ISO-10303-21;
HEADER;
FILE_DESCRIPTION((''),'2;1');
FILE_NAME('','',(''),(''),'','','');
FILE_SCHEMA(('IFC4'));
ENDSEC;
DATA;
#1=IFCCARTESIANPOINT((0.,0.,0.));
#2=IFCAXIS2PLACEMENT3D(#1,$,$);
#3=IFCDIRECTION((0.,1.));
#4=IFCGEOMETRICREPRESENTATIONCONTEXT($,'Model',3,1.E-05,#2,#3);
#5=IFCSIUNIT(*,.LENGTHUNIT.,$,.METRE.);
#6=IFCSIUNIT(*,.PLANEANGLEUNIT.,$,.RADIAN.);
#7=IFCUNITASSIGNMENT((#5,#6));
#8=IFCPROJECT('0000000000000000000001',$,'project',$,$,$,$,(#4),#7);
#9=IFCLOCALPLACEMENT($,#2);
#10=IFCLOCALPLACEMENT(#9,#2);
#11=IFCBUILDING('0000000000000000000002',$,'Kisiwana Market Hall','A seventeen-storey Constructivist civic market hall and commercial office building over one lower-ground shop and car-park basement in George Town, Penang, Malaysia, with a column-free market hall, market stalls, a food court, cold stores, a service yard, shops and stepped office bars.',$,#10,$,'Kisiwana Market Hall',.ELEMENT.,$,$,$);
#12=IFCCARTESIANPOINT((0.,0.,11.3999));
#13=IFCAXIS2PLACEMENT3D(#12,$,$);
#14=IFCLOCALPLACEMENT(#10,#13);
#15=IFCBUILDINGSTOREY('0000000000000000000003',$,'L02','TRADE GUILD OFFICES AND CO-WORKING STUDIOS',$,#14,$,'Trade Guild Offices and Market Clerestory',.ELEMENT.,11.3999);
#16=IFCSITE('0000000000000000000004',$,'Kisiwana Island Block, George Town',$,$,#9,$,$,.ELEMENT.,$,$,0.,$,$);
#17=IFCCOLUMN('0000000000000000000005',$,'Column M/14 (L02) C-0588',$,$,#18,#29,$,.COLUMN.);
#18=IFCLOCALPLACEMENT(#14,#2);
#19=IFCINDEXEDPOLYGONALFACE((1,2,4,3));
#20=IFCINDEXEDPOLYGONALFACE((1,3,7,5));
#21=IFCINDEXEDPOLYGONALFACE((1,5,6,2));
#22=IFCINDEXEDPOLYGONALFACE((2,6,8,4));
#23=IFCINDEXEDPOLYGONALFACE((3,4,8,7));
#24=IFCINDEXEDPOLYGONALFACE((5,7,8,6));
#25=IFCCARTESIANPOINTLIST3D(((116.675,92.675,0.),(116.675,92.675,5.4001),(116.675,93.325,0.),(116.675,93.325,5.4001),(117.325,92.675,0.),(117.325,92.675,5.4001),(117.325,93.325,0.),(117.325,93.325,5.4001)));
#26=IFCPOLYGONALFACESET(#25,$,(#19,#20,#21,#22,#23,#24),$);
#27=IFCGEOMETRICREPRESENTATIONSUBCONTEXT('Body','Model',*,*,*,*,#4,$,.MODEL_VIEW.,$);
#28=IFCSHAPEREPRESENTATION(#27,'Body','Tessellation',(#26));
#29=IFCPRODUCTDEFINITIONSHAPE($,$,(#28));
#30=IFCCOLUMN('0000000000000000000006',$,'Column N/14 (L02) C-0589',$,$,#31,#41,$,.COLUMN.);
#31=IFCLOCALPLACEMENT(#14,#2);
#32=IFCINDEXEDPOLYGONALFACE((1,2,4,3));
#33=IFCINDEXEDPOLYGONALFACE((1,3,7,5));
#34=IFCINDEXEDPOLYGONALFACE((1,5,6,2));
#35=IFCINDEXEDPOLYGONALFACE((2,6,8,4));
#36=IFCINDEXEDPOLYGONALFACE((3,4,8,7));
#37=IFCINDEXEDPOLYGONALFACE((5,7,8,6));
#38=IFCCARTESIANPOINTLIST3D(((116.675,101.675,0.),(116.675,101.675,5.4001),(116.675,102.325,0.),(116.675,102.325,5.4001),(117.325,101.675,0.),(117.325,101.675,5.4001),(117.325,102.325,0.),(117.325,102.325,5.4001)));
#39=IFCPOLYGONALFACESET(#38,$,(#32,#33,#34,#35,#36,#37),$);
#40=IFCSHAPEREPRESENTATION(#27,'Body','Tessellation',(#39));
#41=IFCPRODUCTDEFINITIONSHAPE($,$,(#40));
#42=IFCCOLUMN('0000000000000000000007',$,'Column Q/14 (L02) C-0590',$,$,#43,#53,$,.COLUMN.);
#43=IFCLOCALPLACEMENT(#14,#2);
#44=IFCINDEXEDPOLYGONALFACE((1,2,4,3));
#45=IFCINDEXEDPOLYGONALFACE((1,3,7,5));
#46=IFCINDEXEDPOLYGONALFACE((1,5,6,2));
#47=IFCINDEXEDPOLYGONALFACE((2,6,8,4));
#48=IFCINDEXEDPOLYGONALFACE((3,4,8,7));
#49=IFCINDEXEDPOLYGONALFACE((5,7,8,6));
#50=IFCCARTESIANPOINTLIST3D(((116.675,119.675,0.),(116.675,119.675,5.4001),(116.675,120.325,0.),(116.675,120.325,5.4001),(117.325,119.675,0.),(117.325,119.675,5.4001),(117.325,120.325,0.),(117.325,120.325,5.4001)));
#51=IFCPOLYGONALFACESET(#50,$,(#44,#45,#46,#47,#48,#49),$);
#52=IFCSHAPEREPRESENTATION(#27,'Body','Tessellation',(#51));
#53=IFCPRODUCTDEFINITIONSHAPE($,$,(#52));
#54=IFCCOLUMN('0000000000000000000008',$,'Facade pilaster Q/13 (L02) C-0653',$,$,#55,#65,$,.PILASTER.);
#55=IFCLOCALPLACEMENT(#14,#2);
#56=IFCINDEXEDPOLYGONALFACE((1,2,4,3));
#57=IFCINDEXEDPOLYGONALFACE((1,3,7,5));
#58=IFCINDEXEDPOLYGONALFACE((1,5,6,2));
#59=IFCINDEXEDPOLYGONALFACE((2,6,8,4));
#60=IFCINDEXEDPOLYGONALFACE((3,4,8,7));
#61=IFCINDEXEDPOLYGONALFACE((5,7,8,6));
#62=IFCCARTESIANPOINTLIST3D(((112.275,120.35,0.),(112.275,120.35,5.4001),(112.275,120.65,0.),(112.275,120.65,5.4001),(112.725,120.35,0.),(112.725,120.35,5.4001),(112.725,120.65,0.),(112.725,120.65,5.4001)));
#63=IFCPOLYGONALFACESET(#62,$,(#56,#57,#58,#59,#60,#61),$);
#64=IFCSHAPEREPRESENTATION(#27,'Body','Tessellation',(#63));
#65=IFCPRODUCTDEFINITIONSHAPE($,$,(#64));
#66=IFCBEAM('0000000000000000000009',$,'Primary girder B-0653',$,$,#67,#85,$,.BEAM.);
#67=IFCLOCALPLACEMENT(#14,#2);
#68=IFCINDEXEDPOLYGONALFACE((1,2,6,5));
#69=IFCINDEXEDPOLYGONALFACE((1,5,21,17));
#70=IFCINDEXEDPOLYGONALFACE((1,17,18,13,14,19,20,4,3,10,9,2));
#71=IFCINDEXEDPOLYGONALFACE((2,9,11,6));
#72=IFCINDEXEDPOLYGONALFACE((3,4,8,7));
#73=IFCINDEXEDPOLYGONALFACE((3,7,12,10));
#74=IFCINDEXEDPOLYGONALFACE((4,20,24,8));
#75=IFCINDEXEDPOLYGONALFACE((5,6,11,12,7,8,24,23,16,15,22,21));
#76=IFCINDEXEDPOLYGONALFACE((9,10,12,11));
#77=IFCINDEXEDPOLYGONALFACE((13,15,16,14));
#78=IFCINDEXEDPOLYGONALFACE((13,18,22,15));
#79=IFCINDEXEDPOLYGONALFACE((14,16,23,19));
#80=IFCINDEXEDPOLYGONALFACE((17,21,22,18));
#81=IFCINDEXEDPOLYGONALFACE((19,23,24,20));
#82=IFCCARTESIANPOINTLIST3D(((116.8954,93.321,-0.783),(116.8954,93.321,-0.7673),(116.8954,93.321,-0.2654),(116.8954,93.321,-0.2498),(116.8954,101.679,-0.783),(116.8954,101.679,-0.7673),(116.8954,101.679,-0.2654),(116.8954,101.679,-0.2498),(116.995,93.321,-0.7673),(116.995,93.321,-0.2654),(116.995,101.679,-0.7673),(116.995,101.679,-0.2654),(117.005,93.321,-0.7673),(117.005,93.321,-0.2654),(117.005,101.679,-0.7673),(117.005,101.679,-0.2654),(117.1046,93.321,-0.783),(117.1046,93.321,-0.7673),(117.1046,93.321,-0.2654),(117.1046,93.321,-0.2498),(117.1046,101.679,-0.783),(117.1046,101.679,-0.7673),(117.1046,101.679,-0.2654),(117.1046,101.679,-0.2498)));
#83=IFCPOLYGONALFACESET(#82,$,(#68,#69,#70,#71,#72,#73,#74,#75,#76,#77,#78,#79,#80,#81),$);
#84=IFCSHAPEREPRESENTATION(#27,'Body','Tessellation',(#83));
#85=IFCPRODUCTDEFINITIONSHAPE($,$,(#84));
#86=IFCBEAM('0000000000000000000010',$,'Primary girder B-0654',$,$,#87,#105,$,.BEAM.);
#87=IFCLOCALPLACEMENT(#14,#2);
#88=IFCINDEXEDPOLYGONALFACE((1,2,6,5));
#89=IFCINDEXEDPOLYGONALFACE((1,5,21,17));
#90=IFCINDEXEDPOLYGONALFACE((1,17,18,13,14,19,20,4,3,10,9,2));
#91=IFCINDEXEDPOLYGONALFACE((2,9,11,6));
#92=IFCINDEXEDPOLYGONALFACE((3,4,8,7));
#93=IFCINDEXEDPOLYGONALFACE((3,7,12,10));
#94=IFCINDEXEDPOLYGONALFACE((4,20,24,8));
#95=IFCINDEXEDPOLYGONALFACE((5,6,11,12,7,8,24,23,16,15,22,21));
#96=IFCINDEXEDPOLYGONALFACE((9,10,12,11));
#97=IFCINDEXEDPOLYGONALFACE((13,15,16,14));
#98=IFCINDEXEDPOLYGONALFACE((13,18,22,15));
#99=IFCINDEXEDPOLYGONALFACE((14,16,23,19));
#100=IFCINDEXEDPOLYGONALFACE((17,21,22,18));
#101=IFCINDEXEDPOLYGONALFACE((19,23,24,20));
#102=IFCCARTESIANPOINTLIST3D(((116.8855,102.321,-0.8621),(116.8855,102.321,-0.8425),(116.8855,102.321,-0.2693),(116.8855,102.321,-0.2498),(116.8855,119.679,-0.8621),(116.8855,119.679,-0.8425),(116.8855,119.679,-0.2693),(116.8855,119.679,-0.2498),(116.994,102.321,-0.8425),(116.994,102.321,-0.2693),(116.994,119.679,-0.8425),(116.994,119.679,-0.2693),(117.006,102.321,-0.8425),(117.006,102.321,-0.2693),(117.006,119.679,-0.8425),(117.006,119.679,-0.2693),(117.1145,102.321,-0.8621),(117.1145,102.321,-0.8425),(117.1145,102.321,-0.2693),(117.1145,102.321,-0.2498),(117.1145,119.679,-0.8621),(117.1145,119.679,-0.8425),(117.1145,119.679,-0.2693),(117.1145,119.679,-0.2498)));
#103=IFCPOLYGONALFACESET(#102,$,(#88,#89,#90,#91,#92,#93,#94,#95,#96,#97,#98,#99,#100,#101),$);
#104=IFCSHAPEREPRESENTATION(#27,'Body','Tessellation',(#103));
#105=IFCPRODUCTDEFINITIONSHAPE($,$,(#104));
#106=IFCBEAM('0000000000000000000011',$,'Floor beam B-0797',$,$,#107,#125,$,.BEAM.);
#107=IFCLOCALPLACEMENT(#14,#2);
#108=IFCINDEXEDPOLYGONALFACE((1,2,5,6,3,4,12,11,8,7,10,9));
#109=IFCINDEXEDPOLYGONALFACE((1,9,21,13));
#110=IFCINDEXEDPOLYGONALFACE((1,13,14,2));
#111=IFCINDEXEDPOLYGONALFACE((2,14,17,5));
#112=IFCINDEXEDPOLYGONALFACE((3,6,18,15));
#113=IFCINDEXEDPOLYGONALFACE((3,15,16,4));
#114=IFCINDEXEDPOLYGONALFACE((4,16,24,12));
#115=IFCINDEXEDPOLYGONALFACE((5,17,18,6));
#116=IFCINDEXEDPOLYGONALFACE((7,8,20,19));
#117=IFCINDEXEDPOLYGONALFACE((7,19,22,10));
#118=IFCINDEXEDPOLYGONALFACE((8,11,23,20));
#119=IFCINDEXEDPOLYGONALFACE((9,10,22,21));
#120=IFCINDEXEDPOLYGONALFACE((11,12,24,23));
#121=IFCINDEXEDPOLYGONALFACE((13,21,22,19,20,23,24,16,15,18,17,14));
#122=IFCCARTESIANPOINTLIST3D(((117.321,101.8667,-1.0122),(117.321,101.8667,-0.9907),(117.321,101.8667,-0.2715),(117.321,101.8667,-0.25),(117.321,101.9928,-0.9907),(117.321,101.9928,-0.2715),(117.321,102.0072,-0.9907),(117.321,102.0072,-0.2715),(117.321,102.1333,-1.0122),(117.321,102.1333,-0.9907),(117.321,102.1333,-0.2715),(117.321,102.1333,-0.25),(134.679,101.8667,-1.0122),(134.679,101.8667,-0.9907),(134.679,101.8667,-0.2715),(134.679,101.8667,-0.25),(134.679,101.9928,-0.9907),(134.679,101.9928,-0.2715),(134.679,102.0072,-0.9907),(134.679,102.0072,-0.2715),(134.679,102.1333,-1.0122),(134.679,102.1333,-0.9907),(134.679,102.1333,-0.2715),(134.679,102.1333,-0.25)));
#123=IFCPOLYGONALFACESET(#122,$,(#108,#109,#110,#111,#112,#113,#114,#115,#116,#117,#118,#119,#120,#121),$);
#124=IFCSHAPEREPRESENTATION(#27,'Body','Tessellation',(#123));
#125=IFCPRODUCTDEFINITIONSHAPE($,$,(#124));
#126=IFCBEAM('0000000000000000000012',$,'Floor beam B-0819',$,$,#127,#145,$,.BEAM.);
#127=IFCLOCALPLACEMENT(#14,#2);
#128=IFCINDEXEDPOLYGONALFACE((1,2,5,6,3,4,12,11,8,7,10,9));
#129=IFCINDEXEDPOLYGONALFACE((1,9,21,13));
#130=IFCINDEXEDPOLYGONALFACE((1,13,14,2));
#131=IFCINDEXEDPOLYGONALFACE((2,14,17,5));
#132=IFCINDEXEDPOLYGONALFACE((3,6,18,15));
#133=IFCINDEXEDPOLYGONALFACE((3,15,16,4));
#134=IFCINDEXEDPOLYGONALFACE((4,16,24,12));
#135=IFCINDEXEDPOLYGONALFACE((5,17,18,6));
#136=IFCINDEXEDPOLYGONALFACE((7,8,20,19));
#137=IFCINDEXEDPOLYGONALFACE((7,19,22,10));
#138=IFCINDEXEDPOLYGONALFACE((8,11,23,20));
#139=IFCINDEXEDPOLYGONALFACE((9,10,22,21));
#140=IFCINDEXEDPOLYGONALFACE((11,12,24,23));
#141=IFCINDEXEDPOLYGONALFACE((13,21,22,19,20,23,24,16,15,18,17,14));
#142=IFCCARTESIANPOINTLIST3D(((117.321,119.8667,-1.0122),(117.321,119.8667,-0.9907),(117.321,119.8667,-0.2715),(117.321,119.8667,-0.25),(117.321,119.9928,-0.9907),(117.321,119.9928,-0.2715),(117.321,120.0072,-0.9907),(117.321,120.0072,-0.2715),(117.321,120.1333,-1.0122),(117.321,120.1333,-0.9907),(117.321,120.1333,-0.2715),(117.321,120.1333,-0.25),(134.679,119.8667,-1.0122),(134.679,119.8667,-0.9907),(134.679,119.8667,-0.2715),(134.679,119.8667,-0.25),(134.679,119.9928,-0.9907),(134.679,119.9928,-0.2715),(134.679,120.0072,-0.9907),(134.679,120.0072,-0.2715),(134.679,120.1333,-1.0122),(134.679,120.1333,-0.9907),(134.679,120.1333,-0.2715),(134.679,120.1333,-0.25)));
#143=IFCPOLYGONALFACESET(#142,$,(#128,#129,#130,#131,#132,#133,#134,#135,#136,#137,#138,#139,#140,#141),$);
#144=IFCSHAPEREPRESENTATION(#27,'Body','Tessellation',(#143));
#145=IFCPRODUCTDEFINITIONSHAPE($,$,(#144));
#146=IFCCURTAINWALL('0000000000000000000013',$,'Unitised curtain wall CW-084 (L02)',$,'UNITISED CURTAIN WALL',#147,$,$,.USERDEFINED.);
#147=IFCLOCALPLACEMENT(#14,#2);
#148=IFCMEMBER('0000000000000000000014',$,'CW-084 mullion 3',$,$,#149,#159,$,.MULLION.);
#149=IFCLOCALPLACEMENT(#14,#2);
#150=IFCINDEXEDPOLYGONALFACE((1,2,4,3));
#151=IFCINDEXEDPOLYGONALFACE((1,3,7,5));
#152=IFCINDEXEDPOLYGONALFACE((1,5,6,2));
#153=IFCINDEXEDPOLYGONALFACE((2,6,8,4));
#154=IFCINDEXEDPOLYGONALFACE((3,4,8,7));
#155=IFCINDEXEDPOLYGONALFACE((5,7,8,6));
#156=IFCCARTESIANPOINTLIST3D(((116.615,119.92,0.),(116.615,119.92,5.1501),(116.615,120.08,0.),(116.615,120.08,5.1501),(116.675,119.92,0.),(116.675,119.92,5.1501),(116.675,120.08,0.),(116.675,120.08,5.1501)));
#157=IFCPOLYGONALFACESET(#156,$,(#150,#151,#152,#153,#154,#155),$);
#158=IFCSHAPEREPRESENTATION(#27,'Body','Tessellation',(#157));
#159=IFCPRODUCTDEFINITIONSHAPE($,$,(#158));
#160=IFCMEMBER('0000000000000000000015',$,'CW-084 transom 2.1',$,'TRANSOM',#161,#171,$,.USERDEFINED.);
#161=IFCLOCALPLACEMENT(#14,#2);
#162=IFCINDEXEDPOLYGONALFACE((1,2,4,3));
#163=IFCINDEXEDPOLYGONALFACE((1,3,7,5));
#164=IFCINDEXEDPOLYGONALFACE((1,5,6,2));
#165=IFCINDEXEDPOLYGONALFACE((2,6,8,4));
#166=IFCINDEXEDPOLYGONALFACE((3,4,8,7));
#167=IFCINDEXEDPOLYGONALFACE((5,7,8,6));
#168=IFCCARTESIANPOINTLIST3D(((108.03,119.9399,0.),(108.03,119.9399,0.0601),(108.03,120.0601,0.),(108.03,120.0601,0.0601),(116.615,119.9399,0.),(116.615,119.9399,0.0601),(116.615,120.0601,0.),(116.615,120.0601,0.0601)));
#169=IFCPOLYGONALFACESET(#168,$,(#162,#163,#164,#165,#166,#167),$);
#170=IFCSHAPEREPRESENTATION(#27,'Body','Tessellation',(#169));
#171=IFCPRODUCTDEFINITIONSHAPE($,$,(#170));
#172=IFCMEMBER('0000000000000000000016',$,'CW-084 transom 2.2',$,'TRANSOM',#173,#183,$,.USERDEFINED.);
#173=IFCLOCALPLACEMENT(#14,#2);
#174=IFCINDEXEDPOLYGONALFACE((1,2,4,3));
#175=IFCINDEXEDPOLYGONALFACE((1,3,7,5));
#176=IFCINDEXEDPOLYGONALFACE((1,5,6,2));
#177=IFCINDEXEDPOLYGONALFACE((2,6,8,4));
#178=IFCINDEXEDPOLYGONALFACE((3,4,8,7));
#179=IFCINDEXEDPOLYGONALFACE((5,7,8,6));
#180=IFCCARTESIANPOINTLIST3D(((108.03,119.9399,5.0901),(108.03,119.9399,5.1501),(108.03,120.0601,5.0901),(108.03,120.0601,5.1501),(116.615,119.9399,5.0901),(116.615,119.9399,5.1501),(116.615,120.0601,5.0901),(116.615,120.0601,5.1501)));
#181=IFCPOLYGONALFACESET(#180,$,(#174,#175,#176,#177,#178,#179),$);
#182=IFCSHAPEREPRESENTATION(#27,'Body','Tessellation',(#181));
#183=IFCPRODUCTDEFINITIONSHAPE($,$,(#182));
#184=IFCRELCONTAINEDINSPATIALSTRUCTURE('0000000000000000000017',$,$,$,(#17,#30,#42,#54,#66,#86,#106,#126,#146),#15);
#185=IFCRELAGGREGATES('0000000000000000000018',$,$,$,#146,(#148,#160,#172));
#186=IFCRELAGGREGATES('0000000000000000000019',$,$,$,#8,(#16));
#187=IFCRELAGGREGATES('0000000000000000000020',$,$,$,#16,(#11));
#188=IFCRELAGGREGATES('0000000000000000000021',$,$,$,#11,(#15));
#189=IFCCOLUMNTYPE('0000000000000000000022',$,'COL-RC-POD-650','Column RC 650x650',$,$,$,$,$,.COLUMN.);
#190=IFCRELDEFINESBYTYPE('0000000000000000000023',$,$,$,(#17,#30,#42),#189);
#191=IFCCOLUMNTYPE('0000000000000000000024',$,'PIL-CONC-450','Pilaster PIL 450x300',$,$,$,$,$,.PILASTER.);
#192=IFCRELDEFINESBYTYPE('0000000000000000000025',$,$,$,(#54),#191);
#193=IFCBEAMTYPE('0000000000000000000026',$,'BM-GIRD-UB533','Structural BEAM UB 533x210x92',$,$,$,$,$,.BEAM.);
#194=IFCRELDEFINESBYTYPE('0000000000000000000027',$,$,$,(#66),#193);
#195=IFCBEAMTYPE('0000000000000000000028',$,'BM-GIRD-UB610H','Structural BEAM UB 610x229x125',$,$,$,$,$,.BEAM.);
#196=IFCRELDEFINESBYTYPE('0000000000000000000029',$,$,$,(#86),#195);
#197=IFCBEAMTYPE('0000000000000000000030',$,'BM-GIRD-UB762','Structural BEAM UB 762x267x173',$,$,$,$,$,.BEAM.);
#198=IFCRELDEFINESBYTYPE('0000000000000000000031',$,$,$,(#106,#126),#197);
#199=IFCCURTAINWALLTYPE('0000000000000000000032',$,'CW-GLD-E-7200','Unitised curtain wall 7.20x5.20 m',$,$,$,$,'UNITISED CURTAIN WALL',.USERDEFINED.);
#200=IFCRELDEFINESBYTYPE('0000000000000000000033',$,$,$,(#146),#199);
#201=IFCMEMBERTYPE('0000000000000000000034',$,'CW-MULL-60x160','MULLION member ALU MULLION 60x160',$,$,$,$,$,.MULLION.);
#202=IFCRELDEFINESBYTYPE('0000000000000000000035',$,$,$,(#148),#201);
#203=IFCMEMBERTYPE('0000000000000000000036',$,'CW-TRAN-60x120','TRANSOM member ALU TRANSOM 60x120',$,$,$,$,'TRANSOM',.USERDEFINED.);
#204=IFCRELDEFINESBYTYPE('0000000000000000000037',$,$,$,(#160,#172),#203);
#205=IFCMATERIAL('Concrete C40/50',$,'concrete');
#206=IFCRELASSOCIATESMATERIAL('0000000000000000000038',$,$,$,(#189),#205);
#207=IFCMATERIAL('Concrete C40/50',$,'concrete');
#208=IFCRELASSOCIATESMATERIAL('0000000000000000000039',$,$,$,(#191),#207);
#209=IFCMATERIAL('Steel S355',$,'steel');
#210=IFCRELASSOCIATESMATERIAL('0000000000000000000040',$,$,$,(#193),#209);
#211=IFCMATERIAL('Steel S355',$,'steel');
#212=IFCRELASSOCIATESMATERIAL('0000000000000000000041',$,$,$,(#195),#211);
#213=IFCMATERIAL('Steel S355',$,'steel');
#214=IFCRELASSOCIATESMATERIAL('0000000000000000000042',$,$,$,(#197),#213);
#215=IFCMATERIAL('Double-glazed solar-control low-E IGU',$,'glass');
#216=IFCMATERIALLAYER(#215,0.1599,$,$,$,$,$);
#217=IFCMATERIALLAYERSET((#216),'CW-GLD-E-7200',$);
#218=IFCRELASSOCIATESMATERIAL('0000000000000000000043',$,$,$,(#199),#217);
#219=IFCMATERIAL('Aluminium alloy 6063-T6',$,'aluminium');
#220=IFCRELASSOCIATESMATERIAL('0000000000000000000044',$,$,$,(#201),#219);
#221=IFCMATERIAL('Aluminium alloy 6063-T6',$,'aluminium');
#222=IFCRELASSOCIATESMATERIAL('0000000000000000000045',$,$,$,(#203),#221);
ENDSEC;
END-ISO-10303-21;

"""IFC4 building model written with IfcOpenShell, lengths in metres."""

from ifc_helpers import new_model, si_unit, direction, frame, origin, origin_2d, place, context, subcontext, project, spatial, rectangle, i_section, extrude, material, layer, layer_set, material_profile, profile_set, type_object, element, aggregate, save


model = new_model("IFC4")

# Units and contexts
model_context = context("Model", 3, precision=1e-05, world=origin(), true_north=direction((0.0, 1.0)))
body_context = subcontext(model_context, "Body", "Model", "MODEL_VIEW")
ifc_project = project(units=[si_unit("LENGTHUNIT", "METRE"), si_unit("PLANEANGLEUNIT", "RADIAN")], contexts=[model_context])

# Site, building, storey
site_placement = place(None, origin())
site = spatial("IfcSite", under=ifc_project, at=site_placement, Name="Kisiwana Island Block, George Town", CompositionType="ELEMENT", RefElevation=0.0)
building_placement = place(site_placement, origin())
building = spatial("IfcBuilding", under=site, at=building_placement, Name="Kisiwana Market Hall", Description="A seventeen-storey Constructivist civic market hall and commercial office building over one lower-ground shop and car-park basement in George Town, Penang, Malaysia, with a column-free market hall, market stalls, a food court, cold stores, a service yard, shops and stepped office bars.", LongName="Kisiwana Market Hall", CompositionType="ELEMENT")
storey_placement = place(building_placement, frame((0.0, 0.0, 11.3999)))
storey = spatial("IfcBuildingStorey", under=building, at=storey_placement, Name="L02", Description="TRADE GUILD OFFICES AND CO-WORKING STUDIOS", LongName="Trade Guild Offices and Market Clerestory", CompositionType="ELEMENT", Elevation=11.3999)

# Columns
ifc_material_1 = material(Name="Concrete C40/50", Category="concrete")
ifc_material_profile_1 = material_profile(ifc_material_1, rectangle(XDim=0.6499, YDim=0.6499, at=origin_2d()), Name="RC 650x650")
ifc_profile_set_1 = profile_set([ifc_material_profile_1], Name="Concrete C40/50")
column_type_1 = type_object("IfcColumnType", Name="COL-RC-POD-650", Description="Column RC 650x650", PredefinedType="COLUMN", material=ifc_profile_set_1)
for number, where, z_axis, x_axis, name in (
    (1, (117.0, 93.0, 0.0), (0.0, 0.0, 1.0), (1.0, 0.0, 0.0), "Column M/14 (L02) C-0588"),
    (2, (117.0, 102.0, 0.0), (0.0, 0.0, 1.0), (1.0, 0.0, 0.0), "Column N/14 (L02) C-0589"),
    (3, (117.0, 120.0, 0.0), (0.0, 0.0, 1.0), (1.0, 0.0, 0.0), "Column Q/14 (L02) C-0590"),
):
    element("IfcColumn", number, at=place(storey_placement, frame(where, z_axis=z_axis, x_axis=x_axis)), inside=storey, type_object=column_type_1, Name=name, PredefinedType="COLUMN", context=body_context, shape_type="SweptSolid", body=[
        extrude(rectangle(XDim=0.6499, YDim=0.6499, at=origin_2d()), origin(), (0.0, 0.0, 1.0), 5.4001),
    ])
ifc_material_2 = material(Name="Concrete C40/50", Category="concrete")
ifc_material_profile_2 = material_profile(ifc_material_2, rectangle(XDim=0.45, YDim=0.3, at=origin_2d()), Name="PIL 450x300")
ifc_profile_set_2 = profile_set([ifc_material_profile_2], Name="Concrete C40/50")
column_type_2 = type_object("IfcColumnType", Name="PIL-CONC-450", Description="Pilaster PIL 450x300", PredefinedType="PILASTER", material=ifc_profile_set_2)
column_placement = place(storey_placement, frame((112.5, 120.5, 0.0), z_axis=(0.0, 0.0, 1.0), x_axis=(1.0, 0.0, 0.0)))
element("IfcColumn", 4, at=column_placement, inside=storey, type_object=column_type_2, Name="Facade pilaster Q/13 (L02) C-0653", PredefinedType="PILASTER", context=body_context, shape_type="SweptSolid", body=[
    extrude(rectangle(XDim=0.45, YDim=0.3, at=origin_2d()), origin(), (0.0, 0.0, 1.0), 5.4001),
])

# Beams
ifc_material_3 = material(Name="Steel S355", Category="steel")
ifc_material_profile_3 = material_profile(ifc_material_3, i_section(OverallWidth=0.2092, OverallDepth=0.5332, WebThickness=0.01, FlangeThickness=0.0156, at=origin_2d()), Name="UB 533x210x92")
ifc_profile_set_3 = profile_set([ifc_material_profile_3], Name="Steel S355")
beam_type_1 = type_object("IfcBeamType", Name="BM-GIRD-UB533", Description="Structural BEAM UB 533x210x92", PredefinedType="BEAM", material=ifc_profile_set_3)
beam_1_placement = place(storey_placement, frame((117.0, 93.321, -0.5164), z_axis=(0.0, 1.0, 0.0), x_axis=(-1.0, 0.0, 0.0)))
element("IfcBeam", 5, at=beam_1_placement, inside=storey, type_object=beam_type_1, Name="Primary girder B-0653", PredefinedType="BEAM", context=body_context, shape_type="SweptSolid", body=[
    extrude(i_section(OverallWidth=0.2092, OverallDepth=0.5332, WebThickness=0.01, FlangeThickness=0.0156, at=origin_2d()), origin(), (0.0, 0.0, 1.0), 8.3579),
])
ifc_material_4 = material(Name="Steel S355", Category="steel")
ifc_material_profile_4 = material_profile(ifc_material_4, i_section(OverallWidth=0.229, OverallDepth=0.6123, WebThickness=0.012, FlangeThickness=0.0195, at=origin_2d()), Name="UB 610x229x125")
ifc_profile_set_4 = profile_set([ifc_material_profile_4], Name="Steel S355")
beam_type_2 = type_object("IfcBeamType", Name="BM-GIRD-UB610H", Description="Structural BEAM UB 610x229x125", PredefinedType="BEAM", material=ifc_profile_set_4)
beam_2_placement = place(storey_placement, frame((117.0, 102.321, -0.5559), z_axis=(0.0, 1.0, 0.0), x_axis=(-1.0, 0.0, 0.0)))
element("IfcBeam", 6, at=beam_2_placement, inside=storey, type_object=beam_type_2, Name="Primary girder B-0654", PredefinedType="BEAM", context=body_context, shape_type="SweptSolid", body=[
    extrude(i_section(OverallWidth=0.229, OverallDepth=0.6123, WebThickness=0.012, FlangeThickness=0.0195, at=origin_2d()), origin(), (0.0, 0.0, 1.0), 17.3579),
])
ifc_material_5 = material(Name="Steel S355", Category="steel")
ifc_material_profile_5 = material_profile(ifc_material_5, i_section(OverallWidth=0.2666, OverallDepth=0.7622, WebThickness=0.0144, FlangeThickness=0.0215, at=origin_2d()), Name="UB 762x267x173")
ifc_profile_set_5 = profile_set([ifc_material_profile_5], Name="Steel S355")
beam_type_3 = type_object("IfcBeamType", Name="BM-GIRD-UB762", Description="Structural BEAM UB 762x267x173", PredefinedType="BEAM", material=ifc_profile_set_5)
for number, where, z_axis, x_axis, name in (
    (7, (117.321, 102.0, -0.6311), (1.0, 0.0, 0.0), (0.0, 1.0, 0.0), "Floor beam B-0797"),
    (8, (117.321, 120.0, -0.6311), (1.0, 0.0, 0.0), (0.0, 1.0, 0.0), "Floor beam B-0819"),
):
    element("IfcBeam", number, at=place(storey_placement, frame(where, z_axis=z_axis, x_axis=x_axis)), inside=storey, type_object=beam_type_3, Name=name, PredefinedType="BEAM", context=body_context, shape_type="SweptSolid", body=[
        extrude(i_section(OverallWidth=0.2666, OverallDepth=0.7622, WebThickness=0.0144, FlangeThickness=0.0215, at=origin_2d()), origin(), (0.0, 0.0, 1.0), 17.3579),
    ])

# Curtain wall, members
ifc_material_6 = material(Name="Double-glazed solar-control low-E IGU", Category="glass")
ifc_layer_1 = layer(ifc_material_6, 0.1599)
ifc_layer_set_1 = layer_set([ifc_layer_1], Name="CW-GLD-E-7200")
curtain_wall_type = type_object("IfcCurtainWallType", Name="CW-GLD-E-7200", Description="Unitised curtain wall 7.20x5.20 m", ElementType="UNITISED CURTAIN WALL", PredefinedType="USERDEFINED", material=ifc_layer_set_1)
curtain_wall_placement = place(storey_placement, origin())
curtain_wall = element("IfcCurtainWall", 9, at=curtain_wall_placement, inside=storey, type_object=curtain_wall_type, Name="Unitised curtain wall CW-084 (L02)", ObjectType="UNITISED CURTAIN WALL", PredefinedType="USERDEFINED")
ifc_material_7 = material(Name="Aluminium alloy 6063-T6", Category="aluminium")
ifc_material_profile_6 = material_profile(ifc_material_7, rectangle(XDim=0.0601, YDim=0.1599, at=origin_2d()), Name="ALU MULLION 60x160")
ifc_profile_set_6 = profile_set([ifc_material_profile_6], Name="Aluminium alloy 6063-T6")
member_type_1 = type_object("IfcMemberType", Name="CW-MULL-60x160", Description="MULLION member ALU MULLION 60x160", PredefinedType="MULLION", material=ifc_profile_set_6)
member_1_placement = place(storey_placement, frame((116.645, 120.0, 0.0), z_axis=(0.0, 0.0, 1.0), x_axis=(1.0, 0.0, 0.0)))
member_1 = element("IfcMember", 10, at=member_1_placement, type_object=member_type_1, Name="CW-084 mullion 3", PredefinedType="MULLION", context=body_context, shape_type="SweptSolid", body=[
    extrude(rectangle(XDim=0.0601, YDim=0.1599, at=origin_2d()), origin(), (0.0, 0.0, 1.0), 5.1501),
])
ifc_material_8 = material(Name="Aluminium alloy 6063-T6", Category="aluminium")
ifc_material_profile_7 = material_profile(ifc_material_8, rectangle(XDim=0.1201, YDim=0.0601, at=origin_2d()), Name="ALU TRANSOM 60x120")
ifc_profile_set_7 = profile_set([ifc_material_profile_7], Name="Aluminium alloy 6063-T6")
member_type_2 = type_object("IfcMemberType", Name="CW-TRAN-60x120", Description="TRANSOM member ALU TRANSOM 60x120", ElementType="TRANSOM", PredefinedType="USERDEFINED", material=ifc_profile_set_7)
member_2_placement = place(storey_placement, frame((108.03, 120.0, 0.03), z_axis=(1.0, 0.0, 0.0), x_axis=(0.0, 1.0, 0.0)))
member_2 = element("IfcMember", 11, at=member_2_placement, type_object=member_type_2, Name="CW-084 transom 2.1", ObjectType="TRANSOM", PredefinedType="USERDEFINED", context=body_context, shape_type="SweptSolid", body=[
    extrude(rectangle(XDim=0.1201, YDim=0.0601, at=origin_2d()), origin(), (0.0, 0.0, 1.0), 8.585),
])
member_3_placement = place(storey_placement, frame((108.03, 120.0, 5.1201), z_axis=(1.0, 0.0, 0.0), x_axis=(0.0, 1.0, 0.0)))
member_3 = element("IfcMember", 12, at=member_3_placement, type_object=member_type_2, Name="CW-084 transom 2.2", ObjectType="TRANSOM", PredefinedType="USERDEFINED", context=body_context, shape_type="SweptSolid", body=[
    extrude(rectangle(XDim=0.1201, YDim=0.0601, at=origin_2d()), origin(), (0.0, 0.0, 1.0), 8.585),
])
aggregate(curtain_wall, [member_1, member_2, member_3])

save(model, "model.ifc")
